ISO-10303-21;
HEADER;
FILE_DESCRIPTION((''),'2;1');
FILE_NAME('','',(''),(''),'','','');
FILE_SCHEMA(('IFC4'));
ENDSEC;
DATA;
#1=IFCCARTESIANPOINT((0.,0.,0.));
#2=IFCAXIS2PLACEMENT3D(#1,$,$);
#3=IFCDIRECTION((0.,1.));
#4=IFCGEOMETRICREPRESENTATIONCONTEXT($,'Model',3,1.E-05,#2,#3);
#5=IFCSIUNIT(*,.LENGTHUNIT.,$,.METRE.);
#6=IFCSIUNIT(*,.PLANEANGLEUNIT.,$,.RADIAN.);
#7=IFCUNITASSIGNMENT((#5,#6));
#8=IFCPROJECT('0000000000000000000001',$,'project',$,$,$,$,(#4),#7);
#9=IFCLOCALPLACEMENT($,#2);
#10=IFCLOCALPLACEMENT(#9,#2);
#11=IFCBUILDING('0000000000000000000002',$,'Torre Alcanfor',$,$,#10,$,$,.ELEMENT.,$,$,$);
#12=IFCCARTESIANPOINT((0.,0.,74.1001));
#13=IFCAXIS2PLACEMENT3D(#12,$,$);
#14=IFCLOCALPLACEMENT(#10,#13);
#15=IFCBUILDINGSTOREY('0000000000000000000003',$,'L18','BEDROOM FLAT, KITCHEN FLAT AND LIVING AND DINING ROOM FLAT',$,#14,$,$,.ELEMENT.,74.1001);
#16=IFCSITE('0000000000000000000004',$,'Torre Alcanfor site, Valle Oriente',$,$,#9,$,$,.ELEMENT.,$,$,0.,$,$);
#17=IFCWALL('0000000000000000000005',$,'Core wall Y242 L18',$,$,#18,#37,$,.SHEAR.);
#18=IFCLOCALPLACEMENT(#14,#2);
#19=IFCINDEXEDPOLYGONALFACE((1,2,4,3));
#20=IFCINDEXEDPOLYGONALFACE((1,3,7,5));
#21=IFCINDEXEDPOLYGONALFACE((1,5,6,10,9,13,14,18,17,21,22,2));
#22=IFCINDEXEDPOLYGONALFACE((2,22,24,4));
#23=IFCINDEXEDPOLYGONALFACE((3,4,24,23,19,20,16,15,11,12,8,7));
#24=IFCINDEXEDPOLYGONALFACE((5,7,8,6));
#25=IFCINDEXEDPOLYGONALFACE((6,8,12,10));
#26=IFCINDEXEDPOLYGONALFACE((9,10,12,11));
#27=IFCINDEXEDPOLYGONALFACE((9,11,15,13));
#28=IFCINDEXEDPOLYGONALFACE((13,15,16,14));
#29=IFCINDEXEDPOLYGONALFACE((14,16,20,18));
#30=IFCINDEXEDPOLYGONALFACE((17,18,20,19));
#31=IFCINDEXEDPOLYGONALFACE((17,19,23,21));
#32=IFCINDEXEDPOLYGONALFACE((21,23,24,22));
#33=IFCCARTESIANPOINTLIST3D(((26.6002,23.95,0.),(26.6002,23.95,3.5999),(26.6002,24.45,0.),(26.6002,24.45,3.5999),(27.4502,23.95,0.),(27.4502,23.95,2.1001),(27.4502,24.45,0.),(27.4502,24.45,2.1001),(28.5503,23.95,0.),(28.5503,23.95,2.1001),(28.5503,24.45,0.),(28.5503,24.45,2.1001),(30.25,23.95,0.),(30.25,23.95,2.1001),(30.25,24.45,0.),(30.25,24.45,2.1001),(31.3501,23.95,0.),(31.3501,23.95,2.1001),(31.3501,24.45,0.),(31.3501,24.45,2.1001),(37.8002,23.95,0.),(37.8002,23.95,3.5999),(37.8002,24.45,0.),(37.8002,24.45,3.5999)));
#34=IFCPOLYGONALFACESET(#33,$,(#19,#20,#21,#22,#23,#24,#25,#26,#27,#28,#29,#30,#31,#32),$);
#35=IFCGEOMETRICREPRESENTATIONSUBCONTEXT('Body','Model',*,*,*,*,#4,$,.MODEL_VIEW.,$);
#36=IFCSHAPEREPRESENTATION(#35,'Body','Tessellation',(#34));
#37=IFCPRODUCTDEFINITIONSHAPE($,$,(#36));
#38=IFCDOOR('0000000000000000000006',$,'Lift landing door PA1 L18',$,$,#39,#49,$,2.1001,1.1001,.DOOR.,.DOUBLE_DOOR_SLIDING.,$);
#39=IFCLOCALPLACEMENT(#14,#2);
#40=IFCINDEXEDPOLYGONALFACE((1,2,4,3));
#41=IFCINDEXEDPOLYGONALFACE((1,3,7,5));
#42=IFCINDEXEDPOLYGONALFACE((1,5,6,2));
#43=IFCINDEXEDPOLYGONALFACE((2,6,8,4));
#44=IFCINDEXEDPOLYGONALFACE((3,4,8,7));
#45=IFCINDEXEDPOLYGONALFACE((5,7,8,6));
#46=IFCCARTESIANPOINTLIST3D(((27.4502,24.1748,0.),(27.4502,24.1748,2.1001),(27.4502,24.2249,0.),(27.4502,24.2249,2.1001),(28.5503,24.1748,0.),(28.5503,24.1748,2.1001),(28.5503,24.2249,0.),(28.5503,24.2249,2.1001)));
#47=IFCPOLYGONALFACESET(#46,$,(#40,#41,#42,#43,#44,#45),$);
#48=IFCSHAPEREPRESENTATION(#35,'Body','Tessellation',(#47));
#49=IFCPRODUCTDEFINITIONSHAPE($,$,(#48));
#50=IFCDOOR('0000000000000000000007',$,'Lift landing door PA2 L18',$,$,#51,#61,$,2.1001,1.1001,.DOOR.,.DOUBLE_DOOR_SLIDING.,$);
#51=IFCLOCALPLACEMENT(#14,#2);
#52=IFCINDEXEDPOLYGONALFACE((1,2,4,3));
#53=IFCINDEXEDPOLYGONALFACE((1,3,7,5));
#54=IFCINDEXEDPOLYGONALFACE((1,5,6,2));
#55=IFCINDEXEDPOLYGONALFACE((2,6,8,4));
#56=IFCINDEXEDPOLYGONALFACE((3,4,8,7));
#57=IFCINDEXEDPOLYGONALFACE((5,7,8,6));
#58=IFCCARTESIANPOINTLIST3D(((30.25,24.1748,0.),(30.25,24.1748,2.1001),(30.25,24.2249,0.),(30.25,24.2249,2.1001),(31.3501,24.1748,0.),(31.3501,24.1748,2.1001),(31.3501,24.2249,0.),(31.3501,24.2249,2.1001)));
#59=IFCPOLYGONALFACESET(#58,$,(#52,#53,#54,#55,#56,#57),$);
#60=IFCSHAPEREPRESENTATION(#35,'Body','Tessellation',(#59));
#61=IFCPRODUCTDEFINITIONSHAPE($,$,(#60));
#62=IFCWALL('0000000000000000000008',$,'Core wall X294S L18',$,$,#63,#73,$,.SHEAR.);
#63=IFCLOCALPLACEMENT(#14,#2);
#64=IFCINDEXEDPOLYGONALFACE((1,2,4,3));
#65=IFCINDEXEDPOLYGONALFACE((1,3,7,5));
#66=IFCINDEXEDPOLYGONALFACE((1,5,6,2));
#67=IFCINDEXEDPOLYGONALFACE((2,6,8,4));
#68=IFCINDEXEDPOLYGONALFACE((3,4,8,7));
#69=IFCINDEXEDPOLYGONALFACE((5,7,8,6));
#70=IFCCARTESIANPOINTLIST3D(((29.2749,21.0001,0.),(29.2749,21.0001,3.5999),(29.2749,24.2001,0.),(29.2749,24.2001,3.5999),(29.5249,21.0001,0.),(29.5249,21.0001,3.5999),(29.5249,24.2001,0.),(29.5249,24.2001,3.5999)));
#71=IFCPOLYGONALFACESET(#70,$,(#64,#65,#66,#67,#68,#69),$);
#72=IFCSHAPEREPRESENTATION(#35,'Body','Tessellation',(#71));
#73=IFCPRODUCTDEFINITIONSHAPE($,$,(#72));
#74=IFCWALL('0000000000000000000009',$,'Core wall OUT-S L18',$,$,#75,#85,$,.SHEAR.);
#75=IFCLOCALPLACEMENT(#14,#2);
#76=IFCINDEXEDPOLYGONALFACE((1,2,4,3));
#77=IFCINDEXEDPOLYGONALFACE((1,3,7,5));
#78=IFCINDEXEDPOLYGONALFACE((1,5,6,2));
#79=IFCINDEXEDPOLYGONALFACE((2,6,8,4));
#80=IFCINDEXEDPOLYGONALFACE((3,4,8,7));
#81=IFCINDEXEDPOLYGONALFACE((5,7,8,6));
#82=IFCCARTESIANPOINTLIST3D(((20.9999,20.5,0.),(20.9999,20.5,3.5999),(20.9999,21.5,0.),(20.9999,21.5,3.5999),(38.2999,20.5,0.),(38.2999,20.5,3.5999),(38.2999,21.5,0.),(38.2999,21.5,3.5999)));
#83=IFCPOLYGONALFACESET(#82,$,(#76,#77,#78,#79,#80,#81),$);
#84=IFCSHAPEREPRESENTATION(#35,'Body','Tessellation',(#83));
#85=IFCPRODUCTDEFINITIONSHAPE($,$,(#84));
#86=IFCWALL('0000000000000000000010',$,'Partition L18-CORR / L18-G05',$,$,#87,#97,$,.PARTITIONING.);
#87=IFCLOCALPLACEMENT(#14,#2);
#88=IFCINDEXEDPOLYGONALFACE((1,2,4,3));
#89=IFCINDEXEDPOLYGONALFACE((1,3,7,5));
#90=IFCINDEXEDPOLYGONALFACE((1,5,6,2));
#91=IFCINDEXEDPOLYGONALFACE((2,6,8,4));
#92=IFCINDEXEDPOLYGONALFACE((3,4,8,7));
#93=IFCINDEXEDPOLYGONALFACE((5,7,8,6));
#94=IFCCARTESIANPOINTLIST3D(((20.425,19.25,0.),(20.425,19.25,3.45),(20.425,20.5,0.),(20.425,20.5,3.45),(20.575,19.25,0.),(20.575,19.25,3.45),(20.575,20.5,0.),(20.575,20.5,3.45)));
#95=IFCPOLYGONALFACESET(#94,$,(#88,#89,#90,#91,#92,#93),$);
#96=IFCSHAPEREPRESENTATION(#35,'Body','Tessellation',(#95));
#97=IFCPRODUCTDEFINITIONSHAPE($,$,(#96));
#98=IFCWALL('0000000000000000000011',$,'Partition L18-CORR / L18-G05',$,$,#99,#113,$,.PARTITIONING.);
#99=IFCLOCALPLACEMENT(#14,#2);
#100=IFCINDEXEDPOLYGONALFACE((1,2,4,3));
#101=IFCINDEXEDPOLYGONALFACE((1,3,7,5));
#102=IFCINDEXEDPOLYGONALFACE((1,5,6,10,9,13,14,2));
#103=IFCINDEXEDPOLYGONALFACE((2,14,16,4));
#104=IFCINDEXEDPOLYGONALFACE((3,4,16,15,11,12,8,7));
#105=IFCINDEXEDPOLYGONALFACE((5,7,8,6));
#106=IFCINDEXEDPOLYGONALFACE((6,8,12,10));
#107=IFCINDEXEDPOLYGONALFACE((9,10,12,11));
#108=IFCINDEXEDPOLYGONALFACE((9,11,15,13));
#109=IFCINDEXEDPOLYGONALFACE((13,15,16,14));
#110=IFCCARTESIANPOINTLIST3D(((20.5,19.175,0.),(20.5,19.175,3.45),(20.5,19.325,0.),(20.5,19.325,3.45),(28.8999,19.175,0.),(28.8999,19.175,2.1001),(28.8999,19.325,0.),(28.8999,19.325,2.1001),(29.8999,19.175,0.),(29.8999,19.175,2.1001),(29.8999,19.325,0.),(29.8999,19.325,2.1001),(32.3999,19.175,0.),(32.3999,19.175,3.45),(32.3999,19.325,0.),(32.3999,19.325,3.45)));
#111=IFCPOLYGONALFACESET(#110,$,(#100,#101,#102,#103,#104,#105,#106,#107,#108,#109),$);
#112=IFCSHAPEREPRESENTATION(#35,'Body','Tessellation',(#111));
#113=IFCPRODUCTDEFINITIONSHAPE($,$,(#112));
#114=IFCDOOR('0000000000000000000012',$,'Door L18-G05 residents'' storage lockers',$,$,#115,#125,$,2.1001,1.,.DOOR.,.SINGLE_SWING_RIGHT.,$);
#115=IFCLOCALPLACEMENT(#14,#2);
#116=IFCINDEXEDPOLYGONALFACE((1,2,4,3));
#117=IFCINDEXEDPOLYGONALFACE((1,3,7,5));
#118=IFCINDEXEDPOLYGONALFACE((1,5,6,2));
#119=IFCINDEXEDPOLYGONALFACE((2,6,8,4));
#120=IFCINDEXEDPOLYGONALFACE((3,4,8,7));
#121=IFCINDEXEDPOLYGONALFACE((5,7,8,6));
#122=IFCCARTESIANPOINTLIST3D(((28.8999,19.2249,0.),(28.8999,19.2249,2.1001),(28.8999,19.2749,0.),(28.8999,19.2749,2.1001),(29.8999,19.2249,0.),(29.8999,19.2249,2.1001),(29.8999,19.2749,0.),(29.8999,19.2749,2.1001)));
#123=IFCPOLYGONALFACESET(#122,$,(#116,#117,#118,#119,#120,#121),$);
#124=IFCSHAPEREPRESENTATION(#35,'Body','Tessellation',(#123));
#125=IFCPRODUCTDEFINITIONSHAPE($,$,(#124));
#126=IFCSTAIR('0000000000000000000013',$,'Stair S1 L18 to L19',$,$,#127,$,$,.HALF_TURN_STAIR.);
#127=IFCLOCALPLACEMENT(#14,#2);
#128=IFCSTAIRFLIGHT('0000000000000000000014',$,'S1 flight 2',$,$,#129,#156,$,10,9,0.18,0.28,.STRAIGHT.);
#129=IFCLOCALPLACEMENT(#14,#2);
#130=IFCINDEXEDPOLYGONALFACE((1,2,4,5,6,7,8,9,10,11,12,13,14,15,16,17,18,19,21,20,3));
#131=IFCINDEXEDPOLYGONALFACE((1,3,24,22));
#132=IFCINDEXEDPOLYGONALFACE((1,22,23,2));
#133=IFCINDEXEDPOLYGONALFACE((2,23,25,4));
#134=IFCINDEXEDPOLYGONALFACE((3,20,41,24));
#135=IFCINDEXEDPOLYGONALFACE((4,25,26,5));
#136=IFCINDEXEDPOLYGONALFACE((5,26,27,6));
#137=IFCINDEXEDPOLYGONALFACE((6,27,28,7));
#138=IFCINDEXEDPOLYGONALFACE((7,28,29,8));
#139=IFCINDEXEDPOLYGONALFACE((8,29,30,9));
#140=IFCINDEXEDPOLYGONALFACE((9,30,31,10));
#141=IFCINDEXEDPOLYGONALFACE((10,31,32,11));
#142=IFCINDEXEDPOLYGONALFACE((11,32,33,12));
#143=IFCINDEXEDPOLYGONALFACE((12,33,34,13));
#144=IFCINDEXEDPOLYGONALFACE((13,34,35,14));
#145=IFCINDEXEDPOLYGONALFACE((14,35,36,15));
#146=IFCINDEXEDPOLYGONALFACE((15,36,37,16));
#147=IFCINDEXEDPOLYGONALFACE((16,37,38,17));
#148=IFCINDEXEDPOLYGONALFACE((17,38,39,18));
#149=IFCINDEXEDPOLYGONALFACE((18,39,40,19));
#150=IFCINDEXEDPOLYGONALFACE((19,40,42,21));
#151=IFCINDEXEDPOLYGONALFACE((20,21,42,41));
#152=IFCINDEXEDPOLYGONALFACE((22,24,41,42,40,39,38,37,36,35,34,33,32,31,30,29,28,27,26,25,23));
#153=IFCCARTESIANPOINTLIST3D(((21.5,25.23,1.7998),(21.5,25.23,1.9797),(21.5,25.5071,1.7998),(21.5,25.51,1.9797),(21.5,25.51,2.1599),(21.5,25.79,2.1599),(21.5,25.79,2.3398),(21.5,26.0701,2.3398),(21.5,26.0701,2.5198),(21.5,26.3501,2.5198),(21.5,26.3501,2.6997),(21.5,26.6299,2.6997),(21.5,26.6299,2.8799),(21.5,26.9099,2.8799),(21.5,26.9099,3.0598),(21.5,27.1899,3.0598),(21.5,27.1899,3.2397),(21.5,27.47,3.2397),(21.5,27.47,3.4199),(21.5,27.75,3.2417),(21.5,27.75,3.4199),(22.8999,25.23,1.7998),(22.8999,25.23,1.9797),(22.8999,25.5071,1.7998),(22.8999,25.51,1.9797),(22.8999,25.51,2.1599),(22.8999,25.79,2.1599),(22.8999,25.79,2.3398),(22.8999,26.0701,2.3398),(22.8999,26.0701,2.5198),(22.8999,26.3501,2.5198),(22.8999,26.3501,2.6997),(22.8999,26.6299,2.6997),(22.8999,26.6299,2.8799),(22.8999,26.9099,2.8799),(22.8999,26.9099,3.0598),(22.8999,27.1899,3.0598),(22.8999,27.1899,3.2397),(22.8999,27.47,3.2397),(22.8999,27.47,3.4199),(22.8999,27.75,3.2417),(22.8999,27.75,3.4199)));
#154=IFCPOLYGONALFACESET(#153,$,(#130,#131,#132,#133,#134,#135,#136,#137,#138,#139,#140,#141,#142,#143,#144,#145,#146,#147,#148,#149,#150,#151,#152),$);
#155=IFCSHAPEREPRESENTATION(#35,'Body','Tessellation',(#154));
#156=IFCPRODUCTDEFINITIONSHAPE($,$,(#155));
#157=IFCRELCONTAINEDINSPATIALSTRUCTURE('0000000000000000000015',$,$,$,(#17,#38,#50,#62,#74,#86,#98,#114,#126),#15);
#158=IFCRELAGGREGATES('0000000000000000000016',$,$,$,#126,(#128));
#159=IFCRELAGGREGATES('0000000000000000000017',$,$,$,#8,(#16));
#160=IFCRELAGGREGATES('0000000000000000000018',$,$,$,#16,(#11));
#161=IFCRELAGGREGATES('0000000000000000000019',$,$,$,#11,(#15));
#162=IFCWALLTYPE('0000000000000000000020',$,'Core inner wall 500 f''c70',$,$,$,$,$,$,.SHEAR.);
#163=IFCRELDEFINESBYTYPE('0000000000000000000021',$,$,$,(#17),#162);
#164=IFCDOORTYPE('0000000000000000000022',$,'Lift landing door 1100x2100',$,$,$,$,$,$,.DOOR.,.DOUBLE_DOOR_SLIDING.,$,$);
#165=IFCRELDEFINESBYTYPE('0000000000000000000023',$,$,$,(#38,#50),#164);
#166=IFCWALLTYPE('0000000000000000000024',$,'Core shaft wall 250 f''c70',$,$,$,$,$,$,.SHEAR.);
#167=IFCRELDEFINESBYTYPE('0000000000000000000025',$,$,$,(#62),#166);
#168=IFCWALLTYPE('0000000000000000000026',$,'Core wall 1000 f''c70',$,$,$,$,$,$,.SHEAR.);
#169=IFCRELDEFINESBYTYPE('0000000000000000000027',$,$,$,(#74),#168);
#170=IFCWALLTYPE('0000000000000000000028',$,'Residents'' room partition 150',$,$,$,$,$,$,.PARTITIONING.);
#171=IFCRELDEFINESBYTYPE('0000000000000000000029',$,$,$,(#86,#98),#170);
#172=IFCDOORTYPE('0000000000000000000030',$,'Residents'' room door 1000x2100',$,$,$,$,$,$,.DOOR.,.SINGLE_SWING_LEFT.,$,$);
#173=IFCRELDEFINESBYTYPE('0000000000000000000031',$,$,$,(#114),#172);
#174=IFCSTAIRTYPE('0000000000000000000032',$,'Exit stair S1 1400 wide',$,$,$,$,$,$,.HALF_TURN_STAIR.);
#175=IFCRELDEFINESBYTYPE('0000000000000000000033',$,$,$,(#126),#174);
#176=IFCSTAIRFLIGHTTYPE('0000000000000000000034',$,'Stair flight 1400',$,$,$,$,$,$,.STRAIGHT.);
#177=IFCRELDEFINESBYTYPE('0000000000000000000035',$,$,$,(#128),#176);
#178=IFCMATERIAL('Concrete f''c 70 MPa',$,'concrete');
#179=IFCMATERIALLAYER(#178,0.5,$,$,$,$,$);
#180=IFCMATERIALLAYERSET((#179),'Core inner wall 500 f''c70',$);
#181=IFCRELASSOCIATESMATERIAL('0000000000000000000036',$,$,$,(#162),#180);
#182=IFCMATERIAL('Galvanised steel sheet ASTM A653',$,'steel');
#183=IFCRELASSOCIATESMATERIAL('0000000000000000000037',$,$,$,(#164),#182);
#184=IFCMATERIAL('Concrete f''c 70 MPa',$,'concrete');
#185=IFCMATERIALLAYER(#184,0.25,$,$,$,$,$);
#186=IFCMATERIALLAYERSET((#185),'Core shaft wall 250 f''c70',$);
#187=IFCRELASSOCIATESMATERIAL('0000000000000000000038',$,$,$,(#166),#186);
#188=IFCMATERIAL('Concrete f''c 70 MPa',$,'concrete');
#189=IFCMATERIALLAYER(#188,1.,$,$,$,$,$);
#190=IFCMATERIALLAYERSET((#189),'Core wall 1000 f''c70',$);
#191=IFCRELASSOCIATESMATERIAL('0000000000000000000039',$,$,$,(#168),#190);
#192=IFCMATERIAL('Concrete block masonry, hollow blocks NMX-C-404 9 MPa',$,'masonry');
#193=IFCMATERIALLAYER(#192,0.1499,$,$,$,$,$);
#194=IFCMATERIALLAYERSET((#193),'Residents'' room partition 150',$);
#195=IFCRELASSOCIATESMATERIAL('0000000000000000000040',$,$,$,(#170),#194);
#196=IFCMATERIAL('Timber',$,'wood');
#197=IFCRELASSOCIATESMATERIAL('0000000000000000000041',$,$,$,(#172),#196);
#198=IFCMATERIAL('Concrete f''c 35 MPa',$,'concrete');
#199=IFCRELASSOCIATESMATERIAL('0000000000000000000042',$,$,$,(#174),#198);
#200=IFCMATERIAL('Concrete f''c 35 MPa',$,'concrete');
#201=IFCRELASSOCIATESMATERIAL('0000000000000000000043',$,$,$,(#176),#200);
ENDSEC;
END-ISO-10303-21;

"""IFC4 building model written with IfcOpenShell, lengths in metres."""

from ifc_helpers import new_model, si_unit, direction, frame, frame_2d, origin, place, context, subcontext, project, spatial, polyline, rectangle, outline, extrude, material, layer, layer_set, type_object, element, fill, aggregate, save


model = new_model("IFC4")

# Units and contexts
model_context = context("Model", 3, precision=1e-05, world=origin(), true_north=direction((0.0, 1.0)))
body_context = subcontext(model_context, "Body", "Model", "MODEL_VIEW")
ifc_project = project(units=[si_unit("LENGTHUNIT", "METRE"), si_unit("PLANEANGLEUNIT", "RADIAN")], contexts=[model_context])

# Site, building, storey
site_placement = place(None, origin())
site = spatial("IfcSite", under=ifc_project, at=site_placement, Name="Torre Alcanfor site, Valle Oriente", CompositionType="ELEMENT", RefElevation=0.0)
building_placement = place(site_placement, origin())
building = spatial("IfcBuilding", under=site, at=building_placement, Name="Torre Alcanfor", CompositionType="ELEMENT")
storey_placement = place(building_placement, frame((0.0, 0.0, 74.1001)))
storey = spatial("IfcBuildingStorey", under=building, at=storey_placement, Name="L18", Description="BEDROOM FLAT, KITCHEN FLAT AND LIVING AND DINING ROOM FLAT", CompositionType="ELEMENT", Elevation=74.1001)

# Shared definitions
ifc_material_1 = material(Name="Concrete f'c 70 MPa", Category="concrete")
ifc_layer_1 = layer(ifc_material_1, 0.5)
ifc_layer_set_1 = layer_set([ifc_layer_1], Name="Core inner wall 500 f'c70")
wall_type_1 = type_object("IfcWallType", Name="Core inner wall 500 f'c70", PredefinedType="SHEAR", material=ifc_layer_set_1)

# Wall, openings, doors
wall_1_placement = place(storey_placement, frame((26.6001, 24.2, 0.0), z_axis=(0.0, 0.0, 1.0), x_axis=(1.0, 0.0, 0.0)))
wall_1 = element("IfcWall", 1, at=wall_1_placement, inside=storey, type_object=wall_type_1, Name="Core wall Y242 L18", PredefinedType="SHEAR", context=body_context, shape_type="SweptSolid", body=[
    extrude(rectangle(XDim=11.2, YDim=0.5, at=frame_2d((5.6001, 0.0))), origin(), (0.0, 0.0, 1.0), 3.5999),
])
opening_1_placement = place(wall_1_placement, frame((0.8501, 0.0, 0.0)))
opening_1 = element("IfcOpeningElement", 2, at=opening_1_placement, cuts=wall_1, PredefinedType="OPENING", context=body_context, shape_type="SweptSolid", body=[
    extrude(rectangle(XDim=1.1001, YDim=2.1001, at=frame_2d((0.55, 1.05))), frame((0.0, 0.26, 0.0), z_axis=(0.0, -1.0, 0.0), x_axis=(1.0, 0.0, 0.0)), (0.0, 0.0, 1.0), 0.52),
])
opening_2_placement = place(wall_1_placement, frame((3.6499, 0.0, 0.0)))
opening_2 = element("IfcOpeningElement", 3, at=opening_2_placement, cuts=wall_1, PredefinedType="OPENING", context=body_context, shape_type="SweptSolid", body=[
    extrude(rectangle(XDim=1.1001, YDim=2.1001, at=frame_2d((0.55, 1.05))), frame((0.0, 0.26, 0.0), z_axis=(0.0, -1.0, 0.0), x_axis=(1.0, 0.0, 0.0)), (0.0, 0.0, 1.0), 0.52),
])
ifc_material_2 = material(Name="Galvanised steel sheet ASTM A653", Category="steel")
door_type_1 = type_object("IfcDoorType", Name="Lift landing door 1100x2100", OperationType="DOUBLE_DOOR_SLIDING", PredefinedType="DOOR", material=ifc_material_2)
door_1_placement = place(opening_1_placement, origin())
door_1 = element("IfcDoor", 4, at=door_1_placement, inside=storey, type_object=door_type_1, Name="Lift landing door PA1 L18", OperationType="DOUBLE_DOOR_SLIDING", OverallHeight=2.1001, OverallWidth=1.1001, PredefinedType="DOOR", context=body_context, shape_type="SweptSolid", body=[
    extrude(rectangle(XDim=1.1001, YDim=2.1001, at=frame_2d((0.55, 1.05))), frame((0.0, 0.0249, 0.0), z_axis=(0.0, -1.0, 0.0), x_axis=(1.0, 0.0, 0.0)), (0.0, 0.0, 1.0), 0.05),
])
fill(opening_1, door_1)
door_2_placement = place(opening_2_placement, origin())
door_2 = element("IfcDoor", 5, at=door_2_placement, inside=storey, type_object=door_type_1, Name="Lift landing door PA2 L18", OperationType="DOUBLE_DOOR_SLIDING", OverallHeight=2.1001, OverallWidth=1.1001, PredefinedType="DOOR", context=body_context, shape_type="SweptSolid", body=[
    extrude(rectangle(XDim=1.1001, YDim=2.1001, at=frame_2d((0.55, 1.05))), frame((0.0, 0.0249, 0.0), z_axis=(0.0, -1.0, 0.0), x_axis=(1.0, 0.0, 0.0)), (0.0, 0.0, 1.0), 0.05),
])
fill(opening_2, door_2)

# Walls
ifc_material_3 = material(Name="Concrete f'c 70 MPa", Category="concrete")
ifc_layer_2 = layer(ifc_material_3, 0.25)
ifc_layer_set_2 = layer_set([ifc_layer_2], Name="Core shaft wall 250 f'c70")
wall_type_2 = type_object("IfcWallType", Name="Core shaft wall 250 f'c70", PredefinedType="SHEAR", material=ifc_layer_set_2)
wall_2_placement = place(storey_placement, frame((29.3999, 21.0, 0.0), z_axis=(0.0, 0.0, 1.0), x_axis=(0.0, 1.0, 0.0)))
element("IfcWall", 6, at=wall_2_placement, inside=storey, type_object=wall_type_2, Name="Core wall X294S L18", PredefinedType="SHEAR", context=body_context, shape_type="SweptSolid", body=[
    extrude(rectangle(XDim=3.2, YDim=0.25, at=frame_2d((1.6001, 0.0))), origin(), (0.0, 0.0, 1.0), 3.5999),
])
ifc_material_4 = material(Name="Concrete f'c 70 MPa", Category="concrete")
ifc_layer_3 = layer(ifc_material_4, 1.0)
ifc_layer_set_3 = layer_set([ifc_layer_3], Name="Core wall 1000 f'c70")
wall_type_3 = type_object("IfcWallType", Name="Core wall 1000 f'c70", PredefinedType="SHEAR", material=ifc_layer_set_3)
wall_3_placement = place(storey_placement, frame((21.0, 21.0, 0.0), z_axis=(0.0, 0.0, 1.0), x_axis=(1.0, 0.0, 0.0)))
element("IfcWall", 7, at=wall_3_placement, inside=storey, type_object=wall_type_3, Name="Core wall OUT-S L18", PredefinedType="SHEAR", context=body_context, shape_type="SweptSolid", body=[
    extrude(rectangle(XDim=17.3, YDim=1.0, at=frame_2d((8.6499, 0.0))), origin(), (0.0, 0.0, 1.0), 3.5999),
])
ifc_material_5 = material(Name="Concrete block masonry, hollow blocks NMX-C-404 9 MPa", Category="masonry")
ifc_layer_4 = layer(ifc_material_5, 0.1499)
ifc_layer_set_4 = layer_set([ifc_layer_4], Name="Residents' room partition 150")
wall_type_4 = type_object("IfcWallType", Name="Residents' room partition 150", PredefinedType="PARTITIONING", material=ifc_layer_set_4)
wall_4_placement = place(storey_placement, frame((20.5, 20.5, 0.0), z_axis=(0.0, 0.0, 1.0), x_axis=(0.0, -1.0, 0.0)))
element("IfcWall", 8, at=wall_4_placement, inside=storey, type_object=wall_type_4, Name="Partition L18-CORR / L18-G05", PredefinedType="PARTITIONING", context=body_context, shape_type="SweptSolid", body=[
    extrude(rectangle(XDim=1.25, YDim=0.1499, at=frame_2d((0.625, 0.0))), origin(), (0.0, 0.0, 1.0), 3.45),
])

# Wall, opening, door
wall_5_placement = place(storey_placement, frame((20.5, 19.25, 0.0), z_axis=(0.0, 0.0, 1.0), x_axis=(1.0, 0.0, 0.0)))
wall_5 = element("IfcWall", 9, at=wall_5_placement, inside=storey, type_object=wall_type_4, Name="Partition L18-CORR / L18-G05", PredefinedType="PARTITIONING", context=body_context, shape_type="SweptSolid", body=[
    extrude(rectangle(XDim=11.8999, YDim=0.1499, at=frame_2d((5.95, 0.0))), origin(), (0.0, 0.0, 1.0), 3.45),
])
opening_3_placement = place(wall_5_placement, frame((8.3999, 0.0, 0.0)))
opening_3 = element("IfcOpeningElement", 10, at=opening_3_placement, cuts=wall_5, PredefinedType="OPENING", context=body_context, shape_type="SweptSolid", body=[
    extrude(rectangle(XDim=1.0, YDim=2.1001, at=frame_2d((0.5, 1.05))), frame((0.0, 0.085, 0.0), z_axis=(0.0, -1.0, 0.0), x_axis=(1.0, 0.0, 0.0)), (0.0, 0.0, 1.0), 0.1699),
])
ifc_material_6 = material(Name="Timber", Category="wood")
door_type_2 = type_object("IfcDoorType", Name="Residents' room door 1000x2100", OperationType="SINGLE_SWING_LEFT", PredefinedType="DOOR", material=ifc_material_6)
door_3_placement = place(opening_3_placement, origin())
door_3 = element("IfcDoor", 11, at=door_3_placement, inside=storey, type_object=door_type_2, Name="Door L18-G05 residents' storage lockers", OperationType="SINGLE_SWING_RIGHT", OverallHeight=2.1001, OverallWidth=1.0, PredefinedType="DOOR", context=body_context, shape_type="SweptSolid", body=[
    extrude(rectangle(XDim=1.0, YDim=2.1001, at=frame_2d((0.5, 1.05))), frame((0.0, 0.0249, 0.0), z_axis=(0.0, -1.0, 0.0), x_axis=(1.0, 0.0, 0.0)), (0.0, 0.0, 1.0), 0.05),
])
fill(opening_3, door_3)

# Stair, stair flight
ifc_material_7 = material(Name="Concrete f'c 35 MPa", Category="concrete")
stair_type = type_object("IfcStairType", Name="Exit stair S1 1400 wide", PredefinedType="HALF_TURN_STAIR", material=ifc_material_7)
stair_placement = place(storey_placement, origin())
stair = element("IfcStair", 12, at=stair_placement, inside=storey, type_object=stair_type, Name="Stair S1 L18 to L19", PredefinedType="HALF_TURN_STAIR")
ifc_material_8 = material(Name="Concrete f'c 35 MPa", Category="concrete")
stair_flight_type = type_object("IfcStairFlightType", Name="Stair flight 1400", PredefinedType="STRAIGHT", material=ifc_material_8)
stair_flight_placement = place(storey_placement, frame((22.2, 25.23, 1.7998), z_axis=(0.0, 0.0, 1.0), x_axis=(0.0, 1.0, 0.0)))
stair_flight = element("IfcStairFlight", 13, at=stair_flight_placement, type_object=stair_flight_type, Name="S1 flight 2", NumberOfRisers=10, NumberOfTreads=9, PredefinedType="STRAIGHT", RiserHeight=0.18, TreadLength=0.28, context=body_context, shape_type="SweptSolid", body=[
    extrude(outline(polyline([(0.0, 0.0), (0.0, 0.1799), (0.28, 0.1799), (0.28, 0.3601), (0.5601, 0.3601), (0.5601, 0.54), (0.8401, 0.54), (0.8401, 0.72), (1.1201, 0.72), (1.1201, 0.8999), (1.3999, 0.8999), (1.3999, 1.0801), (1.6799, 1.0801), (1.6799, 1.26), (1.96, 1.26), (1.96, 1.4399), (2.24, 1.4399), (2.24, 1.6201), (2.52, 1.6201), (2.52, 1.8), (2.52, 1.4419), (0.2771, 0.0), (0.0, 0.0)])), frame((0.0, 0.7, 0.0), z_axis=(0.0, -1.0, 0.0), x_axis=(1.0, 0.0, 0.0)), (0.0, 0.0, 1.0), 1.3999),
])
aggregate(stair, [stair_flight])

save(model, "model.ifc")
